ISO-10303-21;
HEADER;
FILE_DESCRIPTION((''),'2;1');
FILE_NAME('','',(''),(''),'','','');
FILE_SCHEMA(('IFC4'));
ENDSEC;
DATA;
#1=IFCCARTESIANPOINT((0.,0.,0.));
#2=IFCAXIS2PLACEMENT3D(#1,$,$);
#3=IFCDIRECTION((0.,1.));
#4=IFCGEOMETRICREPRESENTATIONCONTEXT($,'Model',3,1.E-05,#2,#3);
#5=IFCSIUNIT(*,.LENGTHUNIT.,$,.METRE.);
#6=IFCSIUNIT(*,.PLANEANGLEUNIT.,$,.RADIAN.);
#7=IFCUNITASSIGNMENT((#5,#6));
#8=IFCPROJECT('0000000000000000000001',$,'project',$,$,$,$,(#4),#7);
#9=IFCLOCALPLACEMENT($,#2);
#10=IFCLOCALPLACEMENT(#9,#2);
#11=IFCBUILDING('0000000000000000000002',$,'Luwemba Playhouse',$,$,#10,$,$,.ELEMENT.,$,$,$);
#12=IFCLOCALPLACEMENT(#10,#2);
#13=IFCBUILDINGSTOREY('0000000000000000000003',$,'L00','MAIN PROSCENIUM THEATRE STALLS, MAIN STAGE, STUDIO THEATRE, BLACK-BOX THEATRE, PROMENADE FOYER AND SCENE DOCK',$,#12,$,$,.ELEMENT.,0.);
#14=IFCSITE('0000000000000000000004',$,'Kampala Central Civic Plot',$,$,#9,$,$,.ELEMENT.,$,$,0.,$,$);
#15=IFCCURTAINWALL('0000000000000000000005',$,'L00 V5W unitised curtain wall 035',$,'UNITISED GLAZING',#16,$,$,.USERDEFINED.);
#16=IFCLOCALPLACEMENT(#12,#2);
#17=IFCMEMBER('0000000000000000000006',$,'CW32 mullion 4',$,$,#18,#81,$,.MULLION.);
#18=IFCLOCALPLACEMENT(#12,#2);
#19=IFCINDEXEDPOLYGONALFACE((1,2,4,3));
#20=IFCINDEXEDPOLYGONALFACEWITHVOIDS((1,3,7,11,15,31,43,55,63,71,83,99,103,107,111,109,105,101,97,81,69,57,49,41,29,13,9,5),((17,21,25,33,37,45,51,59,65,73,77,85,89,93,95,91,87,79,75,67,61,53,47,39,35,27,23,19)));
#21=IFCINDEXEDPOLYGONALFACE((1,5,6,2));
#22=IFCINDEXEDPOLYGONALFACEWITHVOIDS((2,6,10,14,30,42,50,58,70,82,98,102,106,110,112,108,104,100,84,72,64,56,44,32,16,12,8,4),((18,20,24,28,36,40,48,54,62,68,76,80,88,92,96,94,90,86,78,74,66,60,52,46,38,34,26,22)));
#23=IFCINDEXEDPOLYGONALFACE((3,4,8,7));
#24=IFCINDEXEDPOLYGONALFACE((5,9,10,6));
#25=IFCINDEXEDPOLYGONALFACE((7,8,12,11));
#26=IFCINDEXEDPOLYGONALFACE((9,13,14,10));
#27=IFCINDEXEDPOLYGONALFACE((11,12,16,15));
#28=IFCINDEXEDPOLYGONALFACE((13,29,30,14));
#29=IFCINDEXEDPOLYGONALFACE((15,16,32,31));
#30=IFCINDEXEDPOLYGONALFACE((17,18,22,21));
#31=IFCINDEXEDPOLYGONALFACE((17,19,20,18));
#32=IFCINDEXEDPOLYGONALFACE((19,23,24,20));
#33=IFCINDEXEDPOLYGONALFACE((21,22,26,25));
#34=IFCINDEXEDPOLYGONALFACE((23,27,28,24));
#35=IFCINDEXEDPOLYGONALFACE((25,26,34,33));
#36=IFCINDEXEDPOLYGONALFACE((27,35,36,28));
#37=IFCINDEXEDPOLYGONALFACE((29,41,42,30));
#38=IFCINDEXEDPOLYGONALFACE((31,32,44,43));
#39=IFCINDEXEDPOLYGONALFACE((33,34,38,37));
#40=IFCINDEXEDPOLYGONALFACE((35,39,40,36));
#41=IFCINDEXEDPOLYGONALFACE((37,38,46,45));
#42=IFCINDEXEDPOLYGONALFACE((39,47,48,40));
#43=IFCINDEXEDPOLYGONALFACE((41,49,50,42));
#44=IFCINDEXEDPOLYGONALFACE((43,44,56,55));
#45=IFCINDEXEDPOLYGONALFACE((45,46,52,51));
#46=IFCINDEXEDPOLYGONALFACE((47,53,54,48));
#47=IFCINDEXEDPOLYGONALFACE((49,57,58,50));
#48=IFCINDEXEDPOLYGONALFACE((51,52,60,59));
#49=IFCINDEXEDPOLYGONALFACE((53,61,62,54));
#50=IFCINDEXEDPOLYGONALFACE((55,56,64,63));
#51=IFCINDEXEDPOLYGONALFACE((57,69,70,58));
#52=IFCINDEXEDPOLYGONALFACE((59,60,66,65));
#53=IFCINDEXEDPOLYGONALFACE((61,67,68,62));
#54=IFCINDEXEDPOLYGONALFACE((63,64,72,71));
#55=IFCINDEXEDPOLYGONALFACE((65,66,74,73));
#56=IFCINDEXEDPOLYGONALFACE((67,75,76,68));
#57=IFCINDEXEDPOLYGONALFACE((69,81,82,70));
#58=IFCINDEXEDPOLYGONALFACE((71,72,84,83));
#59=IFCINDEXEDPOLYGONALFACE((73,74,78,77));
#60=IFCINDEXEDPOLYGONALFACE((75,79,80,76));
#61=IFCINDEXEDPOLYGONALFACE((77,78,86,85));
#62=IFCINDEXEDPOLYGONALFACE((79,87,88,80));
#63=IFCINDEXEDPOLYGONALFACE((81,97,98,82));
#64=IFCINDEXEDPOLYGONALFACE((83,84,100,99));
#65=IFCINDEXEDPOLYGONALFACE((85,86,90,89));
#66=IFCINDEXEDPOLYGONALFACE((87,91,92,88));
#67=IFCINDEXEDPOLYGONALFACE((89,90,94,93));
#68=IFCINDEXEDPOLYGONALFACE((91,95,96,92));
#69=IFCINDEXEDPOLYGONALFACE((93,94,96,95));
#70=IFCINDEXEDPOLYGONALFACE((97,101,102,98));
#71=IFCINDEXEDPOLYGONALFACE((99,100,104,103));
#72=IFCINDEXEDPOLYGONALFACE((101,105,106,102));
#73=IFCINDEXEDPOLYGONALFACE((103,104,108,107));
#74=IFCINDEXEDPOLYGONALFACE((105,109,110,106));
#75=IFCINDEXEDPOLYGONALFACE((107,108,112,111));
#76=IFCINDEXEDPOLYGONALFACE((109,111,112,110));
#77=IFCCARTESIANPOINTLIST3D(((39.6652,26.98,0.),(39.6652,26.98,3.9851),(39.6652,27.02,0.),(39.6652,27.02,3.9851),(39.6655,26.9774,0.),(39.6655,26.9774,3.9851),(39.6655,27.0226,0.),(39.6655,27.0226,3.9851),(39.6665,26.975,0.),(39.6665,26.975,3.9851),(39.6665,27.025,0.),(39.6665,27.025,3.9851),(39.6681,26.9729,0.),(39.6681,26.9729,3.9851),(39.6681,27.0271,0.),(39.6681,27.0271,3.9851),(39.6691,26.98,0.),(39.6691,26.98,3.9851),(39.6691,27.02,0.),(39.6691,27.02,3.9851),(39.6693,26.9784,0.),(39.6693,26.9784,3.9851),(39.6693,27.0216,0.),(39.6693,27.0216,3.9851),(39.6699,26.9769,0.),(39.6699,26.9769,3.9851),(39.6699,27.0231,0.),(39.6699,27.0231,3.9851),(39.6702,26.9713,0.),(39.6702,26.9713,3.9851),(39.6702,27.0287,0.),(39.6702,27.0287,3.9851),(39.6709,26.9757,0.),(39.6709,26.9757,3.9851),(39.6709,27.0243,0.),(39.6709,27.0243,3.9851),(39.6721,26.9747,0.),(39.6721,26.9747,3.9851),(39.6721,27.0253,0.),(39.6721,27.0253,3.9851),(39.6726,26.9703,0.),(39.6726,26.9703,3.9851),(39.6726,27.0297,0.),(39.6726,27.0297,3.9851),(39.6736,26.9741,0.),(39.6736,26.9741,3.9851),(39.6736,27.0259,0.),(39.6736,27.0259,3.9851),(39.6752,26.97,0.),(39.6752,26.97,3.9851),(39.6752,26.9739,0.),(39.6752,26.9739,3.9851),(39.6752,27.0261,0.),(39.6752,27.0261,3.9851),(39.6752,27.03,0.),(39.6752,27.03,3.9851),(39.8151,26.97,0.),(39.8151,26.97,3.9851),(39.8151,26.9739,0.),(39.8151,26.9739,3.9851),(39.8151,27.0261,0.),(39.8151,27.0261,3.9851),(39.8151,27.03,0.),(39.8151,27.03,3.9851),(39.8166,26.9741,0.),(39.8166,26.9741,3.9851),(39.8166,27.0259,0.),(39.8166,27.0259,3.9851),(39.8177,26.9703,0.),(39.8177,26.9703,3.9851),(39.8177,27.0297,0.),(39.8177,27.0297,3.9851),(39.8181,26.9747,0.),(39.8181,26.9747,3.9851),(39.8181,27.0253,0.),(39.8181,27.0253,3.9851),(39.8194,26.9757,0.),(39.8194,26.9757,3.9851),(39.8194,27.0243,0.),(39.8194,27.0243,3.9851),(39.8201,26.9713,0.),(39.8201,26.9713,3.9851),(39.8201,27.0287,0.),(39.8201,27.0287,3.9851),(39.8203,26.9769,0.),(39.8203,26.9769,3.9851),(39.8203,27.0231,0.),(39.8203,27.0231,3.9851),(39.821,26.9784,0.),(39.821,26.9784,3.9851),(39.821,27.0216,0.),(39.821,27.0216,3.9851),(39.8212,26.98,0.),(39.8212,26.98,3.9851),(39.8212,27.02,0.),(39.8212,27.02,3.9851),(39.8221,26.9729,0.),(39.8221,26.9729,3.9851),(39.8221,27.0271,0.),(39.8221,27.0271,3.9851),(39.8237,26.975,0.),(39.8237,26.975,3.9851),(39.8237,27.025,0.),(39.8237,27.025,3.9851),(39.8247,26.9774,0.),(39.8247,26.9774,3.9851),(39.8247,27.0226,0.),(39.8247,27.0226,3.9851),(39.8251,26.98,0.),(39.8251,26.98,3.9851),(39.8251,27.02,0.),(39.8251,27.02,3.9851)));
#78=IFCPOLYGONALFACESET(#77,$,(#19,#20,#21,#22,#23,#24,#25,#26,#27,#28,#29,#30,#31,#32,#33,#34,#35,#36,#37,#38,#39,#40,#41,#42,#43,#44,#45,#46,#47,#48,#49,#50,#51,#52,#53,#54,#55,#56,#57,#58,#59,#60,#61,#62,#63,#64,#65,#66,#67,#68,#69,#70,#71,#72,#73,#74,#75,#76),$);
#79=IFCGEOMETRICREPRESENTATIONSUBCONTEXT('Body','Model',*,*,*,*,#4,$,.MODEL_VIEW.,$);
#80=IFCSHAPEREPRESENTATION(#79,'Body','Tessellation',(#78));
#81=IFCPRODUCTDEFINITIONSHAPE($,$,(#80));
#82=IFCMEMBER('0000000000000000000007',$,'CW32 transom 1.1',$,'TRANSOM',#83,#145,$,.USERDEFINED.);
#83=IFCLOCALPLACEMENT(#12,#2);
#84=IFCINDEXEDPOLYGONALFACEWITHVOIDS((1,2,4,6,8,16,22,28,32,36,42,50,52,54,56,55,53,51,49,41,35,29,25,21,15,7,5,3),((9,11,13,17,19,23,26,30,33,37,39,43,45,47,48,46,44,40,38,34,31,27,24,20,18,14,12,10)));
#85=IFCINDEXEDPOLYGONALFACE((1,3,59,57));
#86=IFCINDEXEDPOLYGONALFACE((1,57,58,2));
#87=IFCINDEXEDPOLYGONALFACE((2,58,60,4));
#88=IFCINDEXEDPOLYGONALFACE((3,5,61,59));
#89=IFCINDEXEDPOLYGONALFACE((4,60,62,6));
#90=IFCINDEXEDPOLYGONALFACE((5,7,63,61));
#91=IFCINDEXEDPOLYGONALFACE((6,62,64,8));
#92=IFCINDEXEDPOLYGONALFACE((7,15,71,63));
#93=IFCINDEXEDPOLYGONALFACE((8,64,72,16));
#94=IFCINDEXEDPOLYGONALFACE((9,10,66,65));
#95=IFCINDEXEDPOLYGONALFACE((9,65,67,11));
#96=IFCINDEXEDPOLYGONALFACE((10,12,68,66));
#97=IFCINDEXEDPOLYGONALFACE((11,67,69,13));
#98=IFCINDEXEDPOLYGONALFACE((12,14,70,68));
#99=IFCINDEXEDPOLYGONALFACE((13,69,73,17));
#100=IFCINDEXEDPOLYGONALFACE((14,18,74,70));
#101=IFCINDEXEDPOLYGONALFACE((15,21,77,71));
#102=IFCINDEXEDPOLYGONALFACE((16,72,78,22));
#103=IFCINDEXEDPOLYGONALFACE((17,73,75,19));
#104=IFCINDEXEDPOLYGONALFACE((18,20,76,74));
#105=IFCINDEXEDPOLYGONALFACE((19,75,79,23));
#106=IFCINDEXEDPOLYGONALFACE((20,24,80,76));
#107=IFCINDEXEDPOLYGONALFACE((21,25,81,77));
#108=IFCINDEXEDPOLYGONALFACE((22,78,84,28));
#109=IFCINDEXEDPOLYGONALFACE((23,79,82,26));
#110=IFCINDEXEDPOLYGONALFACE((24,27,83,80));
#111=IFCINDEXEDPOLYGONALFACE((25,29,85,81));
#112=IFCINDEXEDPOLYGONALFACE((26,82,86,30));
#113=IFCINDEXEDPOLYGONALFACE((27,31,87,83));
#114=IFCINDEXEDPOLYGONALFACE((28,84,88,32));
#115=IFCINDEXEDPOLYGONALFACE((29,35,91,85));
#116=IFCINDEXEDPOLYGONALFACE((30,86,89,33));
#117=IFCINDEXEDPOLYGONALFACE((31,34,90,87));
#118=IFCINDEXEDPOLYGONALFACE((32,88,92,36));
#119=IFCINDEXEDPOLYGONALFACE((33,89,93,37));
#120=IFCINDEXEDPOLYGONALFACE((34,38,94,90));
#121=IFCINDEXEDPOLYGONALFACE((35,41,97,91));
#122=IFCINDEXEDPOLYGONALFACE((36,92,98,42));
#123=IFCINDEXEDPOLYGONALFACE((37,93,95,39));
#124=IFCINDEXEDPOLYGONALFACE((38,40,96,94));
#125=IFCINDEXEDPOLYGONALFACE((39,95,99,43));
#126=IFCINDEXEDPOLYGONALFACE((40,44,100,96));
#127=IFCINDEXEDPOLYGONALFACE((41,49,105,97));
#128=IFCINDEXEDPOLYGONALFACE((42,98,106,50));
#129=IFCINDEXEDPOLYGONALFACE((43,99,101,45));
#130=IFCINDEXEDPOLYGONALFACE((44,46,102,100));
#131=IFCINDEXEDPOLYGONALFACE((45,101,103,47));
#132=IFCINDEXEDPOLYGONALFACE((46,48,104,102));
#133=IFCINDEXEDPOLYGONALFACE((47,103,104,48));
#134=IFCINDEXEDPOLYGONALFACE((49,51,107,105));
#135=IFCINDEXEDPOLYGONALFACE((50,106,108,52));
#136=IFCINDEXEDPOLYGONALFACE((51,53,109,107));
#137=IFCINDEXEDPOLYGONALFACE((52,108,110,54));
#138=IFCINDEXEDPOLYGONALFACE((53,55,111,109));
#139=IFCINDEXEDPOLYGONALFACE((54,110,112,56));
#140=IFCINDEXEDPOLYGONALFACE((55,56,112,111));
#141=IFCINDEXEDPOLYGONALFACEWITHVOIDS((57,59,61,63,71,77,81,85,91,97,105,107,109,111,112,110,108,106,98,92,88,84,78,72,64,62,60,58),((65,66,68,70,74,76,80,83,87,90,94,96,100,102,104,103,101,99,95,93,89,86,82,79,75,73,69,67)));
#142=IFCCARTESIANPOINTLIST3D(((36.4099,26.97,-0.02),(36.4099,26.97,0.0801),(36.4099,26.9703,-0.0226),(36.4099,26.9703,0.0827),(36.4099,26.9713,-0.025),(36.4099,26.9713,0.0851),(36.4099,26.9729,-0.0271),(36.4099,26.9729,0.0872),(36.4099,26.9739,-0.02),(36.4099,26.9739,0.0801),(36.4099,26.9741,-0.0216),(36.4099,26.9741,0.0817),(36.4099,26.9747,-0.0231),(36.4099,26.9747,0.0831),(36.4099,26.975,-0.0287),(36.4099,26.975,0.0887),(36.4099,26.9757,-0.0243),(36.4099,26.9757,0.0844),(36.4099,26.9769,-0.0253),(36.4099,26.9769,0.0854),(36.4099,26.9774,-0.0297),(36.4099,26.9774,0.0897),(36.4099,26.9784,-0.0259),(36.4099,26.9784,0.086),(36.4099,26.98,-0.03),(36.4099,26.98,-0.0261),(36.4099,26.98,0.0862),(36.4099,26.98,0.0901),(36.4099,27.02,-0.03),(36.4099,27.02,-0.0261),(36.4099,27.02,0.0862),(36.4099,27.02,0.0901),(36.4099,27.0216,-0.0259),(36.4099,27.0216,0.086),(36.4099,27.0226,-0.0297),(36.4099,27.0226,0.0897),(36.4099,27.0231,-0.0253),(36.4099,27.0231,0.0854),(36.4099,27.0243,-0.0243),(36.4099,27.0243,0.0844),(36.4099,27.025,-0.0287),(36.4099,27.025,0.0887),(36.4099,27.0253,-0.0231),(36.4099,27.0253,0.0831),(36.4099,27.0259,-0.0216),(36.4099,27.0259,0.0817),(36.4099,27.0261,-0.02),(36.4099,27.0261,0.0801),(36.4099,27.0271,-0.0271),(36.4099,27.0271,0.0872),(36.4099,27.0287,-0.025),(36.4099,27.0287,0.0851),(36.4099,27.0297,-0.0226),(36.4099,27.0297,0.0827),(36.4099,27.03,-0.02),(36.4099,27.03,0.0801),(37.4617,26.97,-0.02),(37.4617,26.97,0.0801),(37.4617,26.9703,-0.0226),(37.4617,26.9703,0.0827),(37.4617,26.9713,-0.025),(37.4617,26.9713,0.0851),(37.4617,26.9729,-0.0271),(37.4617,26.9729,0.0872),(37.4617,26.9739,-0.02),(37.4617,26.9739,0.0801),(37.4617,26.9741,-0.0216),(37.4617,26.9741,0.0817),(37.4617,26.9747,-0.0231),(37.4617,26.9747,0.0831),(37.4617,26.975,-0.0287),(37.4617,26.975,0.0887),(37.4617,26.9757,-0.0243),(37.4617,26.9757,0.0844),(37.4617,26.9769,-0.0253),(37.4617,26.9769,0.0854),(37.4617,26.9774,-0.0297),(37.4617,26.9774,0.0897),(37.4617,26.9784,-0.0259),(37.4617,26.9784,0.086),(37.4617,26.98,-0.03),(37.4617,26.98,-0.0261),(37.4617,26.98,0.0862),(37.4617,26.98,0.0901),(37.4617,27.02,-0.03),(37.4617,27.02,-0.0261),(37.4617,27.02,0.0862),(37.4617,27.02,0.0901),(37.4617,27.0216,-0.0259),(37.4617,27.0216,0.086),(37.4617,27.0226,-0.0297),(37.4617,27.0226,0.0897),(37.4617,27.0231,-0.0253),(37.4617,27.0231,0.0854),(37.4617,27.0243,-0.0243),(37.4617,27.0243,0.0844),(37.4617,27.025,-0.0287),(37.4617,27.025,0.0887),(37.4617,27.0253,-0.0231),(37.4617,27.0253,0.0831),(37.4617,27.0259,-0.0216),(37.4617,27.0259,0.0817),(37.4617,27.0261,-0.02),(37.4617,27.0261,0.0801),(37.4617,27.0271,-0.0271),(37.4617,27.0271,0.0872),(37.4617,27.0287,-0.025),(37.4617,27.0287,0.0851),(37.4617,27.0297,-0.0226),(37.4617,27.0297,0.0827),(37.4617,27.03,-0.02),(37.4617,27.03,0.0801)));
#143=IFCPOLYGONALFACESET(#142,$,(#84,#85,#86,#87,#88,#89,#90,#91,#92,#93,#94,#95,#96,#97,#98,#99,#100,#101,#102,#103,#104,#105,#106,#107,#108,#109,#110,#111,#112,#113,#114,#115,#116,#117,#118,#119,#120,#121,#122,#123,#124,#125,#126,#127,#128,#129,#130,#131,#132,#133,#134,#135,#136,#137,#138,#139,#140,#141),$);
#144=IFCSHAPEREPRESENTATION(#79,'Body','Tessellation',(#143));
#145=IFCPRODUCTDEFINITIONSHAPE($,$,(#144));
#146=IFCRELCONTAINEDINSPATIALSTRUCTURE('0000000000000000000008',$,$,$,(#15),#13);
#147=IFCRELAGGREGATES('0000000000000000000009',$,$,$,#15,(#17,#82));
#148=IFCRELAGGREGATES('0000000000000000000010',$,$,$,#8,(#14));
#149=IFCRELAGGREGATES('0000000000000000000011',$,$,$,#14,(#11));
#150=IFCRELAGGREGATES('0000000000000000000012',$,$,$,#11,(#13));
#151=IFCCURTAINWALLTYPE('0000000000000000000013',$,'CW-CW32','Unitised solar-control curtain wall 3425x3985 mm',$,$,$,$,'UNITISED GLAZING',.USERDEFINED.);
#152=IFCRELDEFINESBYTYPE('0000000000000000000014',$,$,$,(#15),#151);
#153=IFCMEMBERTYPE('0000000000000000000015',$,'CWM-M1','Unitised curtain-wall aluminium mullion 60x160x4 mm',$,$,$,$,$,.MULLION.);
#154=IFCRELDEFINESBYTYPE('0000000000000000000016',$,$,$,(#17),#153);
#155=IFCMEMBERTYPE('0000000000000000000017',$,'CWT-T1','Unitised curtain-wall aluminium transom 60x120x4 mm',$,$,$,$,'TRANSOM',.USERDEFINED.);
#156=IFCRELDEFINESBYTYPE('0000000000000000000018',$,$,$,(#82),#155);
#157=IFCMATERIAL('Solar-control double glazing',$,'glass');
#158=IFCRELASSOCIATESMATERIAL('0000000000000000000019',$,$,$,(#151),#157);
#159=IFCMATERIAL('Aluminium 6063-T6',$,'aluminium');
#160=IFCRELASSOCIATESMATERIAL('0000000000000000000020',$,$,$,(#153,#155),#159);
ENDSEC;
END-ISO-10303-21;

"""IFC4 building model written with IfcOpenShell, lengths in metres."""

from ifc_helpers import new_model, si_unit, direction, frame, origin, origin_2d, place, context, subcontext, project, spatial, hollow_rectangle, extrude, material, material_profile, profile_set, type_object, element, aggregate, save


model = new_model("IFC4")

# Units and contexts
model_context = context("Model", 3, precision=1e-05, world=origin(), true_north=direction((0.0, 1.0)))
body_context = subcontext(model_context, "Body", "Model", "MODEL_VIEW")
ifc_project = project(units=[si_unit("LENGTHUNIT", "METRE"), si_unit("PLANEANGLEUNIT", "RADIAN")], contexts=[model_context])

# Site, building, storey
site_placement = place(None, origin())
site = spatial("IfcSite", under=ifc_project, at=site_placement, Name="Kampala Central Civic Plot", CompositionType="ELEMENT", RefElevation=0.0)
building_placement = place(site_placement, origin())
building = spatial("IfcBuilding", under=site, at=building_placement, Name="Luwemba Playhouse", CompositionType="ELEMENT")
storey_placement = place(building_placement, origin())
storey = spatial("IfcBuildingStorey", under=building, at=storey_placement, Name="L00", Description="MAIN PROSCENIUM THEATRE STALLS, MAIN STAGE, STUDIO THEATRE, BLACK-BOX THEATRE, PROMENADE FOYER AND SCENE DOCK", CompositionType="ELEMENT", Elevation=0.0)

# Curtain wall, members
ifc_material_1 = material(Name="Solar-control double glazing", Category="glass")
curtain_wall_type = type_object("IfcCurtainWallType", Name="CW-CW32", Description="Unitised solar-control curtain wall 3425x3985 mm", ElementType="UNITISED GLAZING", PredefinedType="USERDEFINED", material=ifc_material_1)
curtain_wall_placement = place(storey_placement, origin())
curtain_wall = element("IfcCurtainWall", 1, at=curtain_wall_placement, inside=storey, type_object=curtain_wall_type, Name="L00 V5W unitised curtain wall 035", ObjectType="UNITISED GLAZING", PredefinedType="USERDEFINED")
ifc_material_2 = material(Name="Aluminium 6063-T6", Category="aluminium")
ifc_material_profile_1 = material_profile(ifc_material_2, hollow_rectangle(XDim=0.0601, YDim=0.1599, WallThickness=0.0039, InnerFilletRadius=0.0061, OuterFilletRadius=0.01, at=origin_2d()))
ifc_profile_set_1 = profile_set([ifc_material_profile_1], Name="Aluminium 6063-T6")
member_type_1 = type_object("IfcMemberType", Name="CWM-M1", Description="Unitised curtain-wall aluminium mullion 60x160x4 mm", PredefinedType="MULLION", material=ifc_profile_set_1)
member_1_placement = place(storey_placement, frame((39.7451, 27.0, 0.0), z_axis=(0.0, 0.0, 1.0), x_axis=(0.0, 1.0, 0.0)))
member_1 = element("IfcMember", 2, at=member_1_placement, type_object=member_type_1, Name="CW32 mullion 4", PredefinedType="MULLION", context=body_context, shape_type="SweptSolid", body=[
    extrude(hollow_rectangle(XDim=0.0601, YDim=0.1599, WallThickness=0.0039, InnerFilletRadius=0.0061, OuterFilletRadius=0.01, at=origin_2d()), origin(), (0.0, 0.0, 1.0), 3.9851),
])
ifc_material_profile_2 = material_profile(ifc_material_2, hollow_rectangle(XDim=0.0601, YDim=0.1201, WallThickness=0.0039, InnerFilletRadius=0.0061, OuterFilletRadius=0.01, at=origin_2d()))
ifc_profile_set_2 = profile_set([ifc_material_profile_2], Name="Aluminium 6063-T6")
member_type_2 = type_object("IfcMemberType", Name="CWT-T1", Description="Unitised curtain-wall aluminium transom 60x120x4 mm", ElementType="TRANSOM", PredefinedType="USERDEFINED", material=ifc_profile_set_2)
member_2_placement = place(storey_placement, frame((36.4099, 27.0, 0.03), z_axis=(1.0, 0.0, 0.0), x_axis=(0.0, 1.0, 0.0)))
member_2 = element("IfcMember", 3, at=member_2_placement, type_object=member_type_2, Name="CW32 transom 1.1", ObjectType="TRANSOM", PredefinedType="USERDEFINED", context=body_context, shape_type="SweptSolid", body=[
    extrude(hollow_rectangle(XDim=0.0601, YDim=0.1201, WallThickness=0.0039, InnerFilletRadius=0.0061, OuterFilletRadius=0.01, at=origin_2d()), origin(), (0.0, 0.0, 1.0), 1.0518),
])
aggregate(curtain_wall, [member_1, member_2])

save(model, "model.ifc")
